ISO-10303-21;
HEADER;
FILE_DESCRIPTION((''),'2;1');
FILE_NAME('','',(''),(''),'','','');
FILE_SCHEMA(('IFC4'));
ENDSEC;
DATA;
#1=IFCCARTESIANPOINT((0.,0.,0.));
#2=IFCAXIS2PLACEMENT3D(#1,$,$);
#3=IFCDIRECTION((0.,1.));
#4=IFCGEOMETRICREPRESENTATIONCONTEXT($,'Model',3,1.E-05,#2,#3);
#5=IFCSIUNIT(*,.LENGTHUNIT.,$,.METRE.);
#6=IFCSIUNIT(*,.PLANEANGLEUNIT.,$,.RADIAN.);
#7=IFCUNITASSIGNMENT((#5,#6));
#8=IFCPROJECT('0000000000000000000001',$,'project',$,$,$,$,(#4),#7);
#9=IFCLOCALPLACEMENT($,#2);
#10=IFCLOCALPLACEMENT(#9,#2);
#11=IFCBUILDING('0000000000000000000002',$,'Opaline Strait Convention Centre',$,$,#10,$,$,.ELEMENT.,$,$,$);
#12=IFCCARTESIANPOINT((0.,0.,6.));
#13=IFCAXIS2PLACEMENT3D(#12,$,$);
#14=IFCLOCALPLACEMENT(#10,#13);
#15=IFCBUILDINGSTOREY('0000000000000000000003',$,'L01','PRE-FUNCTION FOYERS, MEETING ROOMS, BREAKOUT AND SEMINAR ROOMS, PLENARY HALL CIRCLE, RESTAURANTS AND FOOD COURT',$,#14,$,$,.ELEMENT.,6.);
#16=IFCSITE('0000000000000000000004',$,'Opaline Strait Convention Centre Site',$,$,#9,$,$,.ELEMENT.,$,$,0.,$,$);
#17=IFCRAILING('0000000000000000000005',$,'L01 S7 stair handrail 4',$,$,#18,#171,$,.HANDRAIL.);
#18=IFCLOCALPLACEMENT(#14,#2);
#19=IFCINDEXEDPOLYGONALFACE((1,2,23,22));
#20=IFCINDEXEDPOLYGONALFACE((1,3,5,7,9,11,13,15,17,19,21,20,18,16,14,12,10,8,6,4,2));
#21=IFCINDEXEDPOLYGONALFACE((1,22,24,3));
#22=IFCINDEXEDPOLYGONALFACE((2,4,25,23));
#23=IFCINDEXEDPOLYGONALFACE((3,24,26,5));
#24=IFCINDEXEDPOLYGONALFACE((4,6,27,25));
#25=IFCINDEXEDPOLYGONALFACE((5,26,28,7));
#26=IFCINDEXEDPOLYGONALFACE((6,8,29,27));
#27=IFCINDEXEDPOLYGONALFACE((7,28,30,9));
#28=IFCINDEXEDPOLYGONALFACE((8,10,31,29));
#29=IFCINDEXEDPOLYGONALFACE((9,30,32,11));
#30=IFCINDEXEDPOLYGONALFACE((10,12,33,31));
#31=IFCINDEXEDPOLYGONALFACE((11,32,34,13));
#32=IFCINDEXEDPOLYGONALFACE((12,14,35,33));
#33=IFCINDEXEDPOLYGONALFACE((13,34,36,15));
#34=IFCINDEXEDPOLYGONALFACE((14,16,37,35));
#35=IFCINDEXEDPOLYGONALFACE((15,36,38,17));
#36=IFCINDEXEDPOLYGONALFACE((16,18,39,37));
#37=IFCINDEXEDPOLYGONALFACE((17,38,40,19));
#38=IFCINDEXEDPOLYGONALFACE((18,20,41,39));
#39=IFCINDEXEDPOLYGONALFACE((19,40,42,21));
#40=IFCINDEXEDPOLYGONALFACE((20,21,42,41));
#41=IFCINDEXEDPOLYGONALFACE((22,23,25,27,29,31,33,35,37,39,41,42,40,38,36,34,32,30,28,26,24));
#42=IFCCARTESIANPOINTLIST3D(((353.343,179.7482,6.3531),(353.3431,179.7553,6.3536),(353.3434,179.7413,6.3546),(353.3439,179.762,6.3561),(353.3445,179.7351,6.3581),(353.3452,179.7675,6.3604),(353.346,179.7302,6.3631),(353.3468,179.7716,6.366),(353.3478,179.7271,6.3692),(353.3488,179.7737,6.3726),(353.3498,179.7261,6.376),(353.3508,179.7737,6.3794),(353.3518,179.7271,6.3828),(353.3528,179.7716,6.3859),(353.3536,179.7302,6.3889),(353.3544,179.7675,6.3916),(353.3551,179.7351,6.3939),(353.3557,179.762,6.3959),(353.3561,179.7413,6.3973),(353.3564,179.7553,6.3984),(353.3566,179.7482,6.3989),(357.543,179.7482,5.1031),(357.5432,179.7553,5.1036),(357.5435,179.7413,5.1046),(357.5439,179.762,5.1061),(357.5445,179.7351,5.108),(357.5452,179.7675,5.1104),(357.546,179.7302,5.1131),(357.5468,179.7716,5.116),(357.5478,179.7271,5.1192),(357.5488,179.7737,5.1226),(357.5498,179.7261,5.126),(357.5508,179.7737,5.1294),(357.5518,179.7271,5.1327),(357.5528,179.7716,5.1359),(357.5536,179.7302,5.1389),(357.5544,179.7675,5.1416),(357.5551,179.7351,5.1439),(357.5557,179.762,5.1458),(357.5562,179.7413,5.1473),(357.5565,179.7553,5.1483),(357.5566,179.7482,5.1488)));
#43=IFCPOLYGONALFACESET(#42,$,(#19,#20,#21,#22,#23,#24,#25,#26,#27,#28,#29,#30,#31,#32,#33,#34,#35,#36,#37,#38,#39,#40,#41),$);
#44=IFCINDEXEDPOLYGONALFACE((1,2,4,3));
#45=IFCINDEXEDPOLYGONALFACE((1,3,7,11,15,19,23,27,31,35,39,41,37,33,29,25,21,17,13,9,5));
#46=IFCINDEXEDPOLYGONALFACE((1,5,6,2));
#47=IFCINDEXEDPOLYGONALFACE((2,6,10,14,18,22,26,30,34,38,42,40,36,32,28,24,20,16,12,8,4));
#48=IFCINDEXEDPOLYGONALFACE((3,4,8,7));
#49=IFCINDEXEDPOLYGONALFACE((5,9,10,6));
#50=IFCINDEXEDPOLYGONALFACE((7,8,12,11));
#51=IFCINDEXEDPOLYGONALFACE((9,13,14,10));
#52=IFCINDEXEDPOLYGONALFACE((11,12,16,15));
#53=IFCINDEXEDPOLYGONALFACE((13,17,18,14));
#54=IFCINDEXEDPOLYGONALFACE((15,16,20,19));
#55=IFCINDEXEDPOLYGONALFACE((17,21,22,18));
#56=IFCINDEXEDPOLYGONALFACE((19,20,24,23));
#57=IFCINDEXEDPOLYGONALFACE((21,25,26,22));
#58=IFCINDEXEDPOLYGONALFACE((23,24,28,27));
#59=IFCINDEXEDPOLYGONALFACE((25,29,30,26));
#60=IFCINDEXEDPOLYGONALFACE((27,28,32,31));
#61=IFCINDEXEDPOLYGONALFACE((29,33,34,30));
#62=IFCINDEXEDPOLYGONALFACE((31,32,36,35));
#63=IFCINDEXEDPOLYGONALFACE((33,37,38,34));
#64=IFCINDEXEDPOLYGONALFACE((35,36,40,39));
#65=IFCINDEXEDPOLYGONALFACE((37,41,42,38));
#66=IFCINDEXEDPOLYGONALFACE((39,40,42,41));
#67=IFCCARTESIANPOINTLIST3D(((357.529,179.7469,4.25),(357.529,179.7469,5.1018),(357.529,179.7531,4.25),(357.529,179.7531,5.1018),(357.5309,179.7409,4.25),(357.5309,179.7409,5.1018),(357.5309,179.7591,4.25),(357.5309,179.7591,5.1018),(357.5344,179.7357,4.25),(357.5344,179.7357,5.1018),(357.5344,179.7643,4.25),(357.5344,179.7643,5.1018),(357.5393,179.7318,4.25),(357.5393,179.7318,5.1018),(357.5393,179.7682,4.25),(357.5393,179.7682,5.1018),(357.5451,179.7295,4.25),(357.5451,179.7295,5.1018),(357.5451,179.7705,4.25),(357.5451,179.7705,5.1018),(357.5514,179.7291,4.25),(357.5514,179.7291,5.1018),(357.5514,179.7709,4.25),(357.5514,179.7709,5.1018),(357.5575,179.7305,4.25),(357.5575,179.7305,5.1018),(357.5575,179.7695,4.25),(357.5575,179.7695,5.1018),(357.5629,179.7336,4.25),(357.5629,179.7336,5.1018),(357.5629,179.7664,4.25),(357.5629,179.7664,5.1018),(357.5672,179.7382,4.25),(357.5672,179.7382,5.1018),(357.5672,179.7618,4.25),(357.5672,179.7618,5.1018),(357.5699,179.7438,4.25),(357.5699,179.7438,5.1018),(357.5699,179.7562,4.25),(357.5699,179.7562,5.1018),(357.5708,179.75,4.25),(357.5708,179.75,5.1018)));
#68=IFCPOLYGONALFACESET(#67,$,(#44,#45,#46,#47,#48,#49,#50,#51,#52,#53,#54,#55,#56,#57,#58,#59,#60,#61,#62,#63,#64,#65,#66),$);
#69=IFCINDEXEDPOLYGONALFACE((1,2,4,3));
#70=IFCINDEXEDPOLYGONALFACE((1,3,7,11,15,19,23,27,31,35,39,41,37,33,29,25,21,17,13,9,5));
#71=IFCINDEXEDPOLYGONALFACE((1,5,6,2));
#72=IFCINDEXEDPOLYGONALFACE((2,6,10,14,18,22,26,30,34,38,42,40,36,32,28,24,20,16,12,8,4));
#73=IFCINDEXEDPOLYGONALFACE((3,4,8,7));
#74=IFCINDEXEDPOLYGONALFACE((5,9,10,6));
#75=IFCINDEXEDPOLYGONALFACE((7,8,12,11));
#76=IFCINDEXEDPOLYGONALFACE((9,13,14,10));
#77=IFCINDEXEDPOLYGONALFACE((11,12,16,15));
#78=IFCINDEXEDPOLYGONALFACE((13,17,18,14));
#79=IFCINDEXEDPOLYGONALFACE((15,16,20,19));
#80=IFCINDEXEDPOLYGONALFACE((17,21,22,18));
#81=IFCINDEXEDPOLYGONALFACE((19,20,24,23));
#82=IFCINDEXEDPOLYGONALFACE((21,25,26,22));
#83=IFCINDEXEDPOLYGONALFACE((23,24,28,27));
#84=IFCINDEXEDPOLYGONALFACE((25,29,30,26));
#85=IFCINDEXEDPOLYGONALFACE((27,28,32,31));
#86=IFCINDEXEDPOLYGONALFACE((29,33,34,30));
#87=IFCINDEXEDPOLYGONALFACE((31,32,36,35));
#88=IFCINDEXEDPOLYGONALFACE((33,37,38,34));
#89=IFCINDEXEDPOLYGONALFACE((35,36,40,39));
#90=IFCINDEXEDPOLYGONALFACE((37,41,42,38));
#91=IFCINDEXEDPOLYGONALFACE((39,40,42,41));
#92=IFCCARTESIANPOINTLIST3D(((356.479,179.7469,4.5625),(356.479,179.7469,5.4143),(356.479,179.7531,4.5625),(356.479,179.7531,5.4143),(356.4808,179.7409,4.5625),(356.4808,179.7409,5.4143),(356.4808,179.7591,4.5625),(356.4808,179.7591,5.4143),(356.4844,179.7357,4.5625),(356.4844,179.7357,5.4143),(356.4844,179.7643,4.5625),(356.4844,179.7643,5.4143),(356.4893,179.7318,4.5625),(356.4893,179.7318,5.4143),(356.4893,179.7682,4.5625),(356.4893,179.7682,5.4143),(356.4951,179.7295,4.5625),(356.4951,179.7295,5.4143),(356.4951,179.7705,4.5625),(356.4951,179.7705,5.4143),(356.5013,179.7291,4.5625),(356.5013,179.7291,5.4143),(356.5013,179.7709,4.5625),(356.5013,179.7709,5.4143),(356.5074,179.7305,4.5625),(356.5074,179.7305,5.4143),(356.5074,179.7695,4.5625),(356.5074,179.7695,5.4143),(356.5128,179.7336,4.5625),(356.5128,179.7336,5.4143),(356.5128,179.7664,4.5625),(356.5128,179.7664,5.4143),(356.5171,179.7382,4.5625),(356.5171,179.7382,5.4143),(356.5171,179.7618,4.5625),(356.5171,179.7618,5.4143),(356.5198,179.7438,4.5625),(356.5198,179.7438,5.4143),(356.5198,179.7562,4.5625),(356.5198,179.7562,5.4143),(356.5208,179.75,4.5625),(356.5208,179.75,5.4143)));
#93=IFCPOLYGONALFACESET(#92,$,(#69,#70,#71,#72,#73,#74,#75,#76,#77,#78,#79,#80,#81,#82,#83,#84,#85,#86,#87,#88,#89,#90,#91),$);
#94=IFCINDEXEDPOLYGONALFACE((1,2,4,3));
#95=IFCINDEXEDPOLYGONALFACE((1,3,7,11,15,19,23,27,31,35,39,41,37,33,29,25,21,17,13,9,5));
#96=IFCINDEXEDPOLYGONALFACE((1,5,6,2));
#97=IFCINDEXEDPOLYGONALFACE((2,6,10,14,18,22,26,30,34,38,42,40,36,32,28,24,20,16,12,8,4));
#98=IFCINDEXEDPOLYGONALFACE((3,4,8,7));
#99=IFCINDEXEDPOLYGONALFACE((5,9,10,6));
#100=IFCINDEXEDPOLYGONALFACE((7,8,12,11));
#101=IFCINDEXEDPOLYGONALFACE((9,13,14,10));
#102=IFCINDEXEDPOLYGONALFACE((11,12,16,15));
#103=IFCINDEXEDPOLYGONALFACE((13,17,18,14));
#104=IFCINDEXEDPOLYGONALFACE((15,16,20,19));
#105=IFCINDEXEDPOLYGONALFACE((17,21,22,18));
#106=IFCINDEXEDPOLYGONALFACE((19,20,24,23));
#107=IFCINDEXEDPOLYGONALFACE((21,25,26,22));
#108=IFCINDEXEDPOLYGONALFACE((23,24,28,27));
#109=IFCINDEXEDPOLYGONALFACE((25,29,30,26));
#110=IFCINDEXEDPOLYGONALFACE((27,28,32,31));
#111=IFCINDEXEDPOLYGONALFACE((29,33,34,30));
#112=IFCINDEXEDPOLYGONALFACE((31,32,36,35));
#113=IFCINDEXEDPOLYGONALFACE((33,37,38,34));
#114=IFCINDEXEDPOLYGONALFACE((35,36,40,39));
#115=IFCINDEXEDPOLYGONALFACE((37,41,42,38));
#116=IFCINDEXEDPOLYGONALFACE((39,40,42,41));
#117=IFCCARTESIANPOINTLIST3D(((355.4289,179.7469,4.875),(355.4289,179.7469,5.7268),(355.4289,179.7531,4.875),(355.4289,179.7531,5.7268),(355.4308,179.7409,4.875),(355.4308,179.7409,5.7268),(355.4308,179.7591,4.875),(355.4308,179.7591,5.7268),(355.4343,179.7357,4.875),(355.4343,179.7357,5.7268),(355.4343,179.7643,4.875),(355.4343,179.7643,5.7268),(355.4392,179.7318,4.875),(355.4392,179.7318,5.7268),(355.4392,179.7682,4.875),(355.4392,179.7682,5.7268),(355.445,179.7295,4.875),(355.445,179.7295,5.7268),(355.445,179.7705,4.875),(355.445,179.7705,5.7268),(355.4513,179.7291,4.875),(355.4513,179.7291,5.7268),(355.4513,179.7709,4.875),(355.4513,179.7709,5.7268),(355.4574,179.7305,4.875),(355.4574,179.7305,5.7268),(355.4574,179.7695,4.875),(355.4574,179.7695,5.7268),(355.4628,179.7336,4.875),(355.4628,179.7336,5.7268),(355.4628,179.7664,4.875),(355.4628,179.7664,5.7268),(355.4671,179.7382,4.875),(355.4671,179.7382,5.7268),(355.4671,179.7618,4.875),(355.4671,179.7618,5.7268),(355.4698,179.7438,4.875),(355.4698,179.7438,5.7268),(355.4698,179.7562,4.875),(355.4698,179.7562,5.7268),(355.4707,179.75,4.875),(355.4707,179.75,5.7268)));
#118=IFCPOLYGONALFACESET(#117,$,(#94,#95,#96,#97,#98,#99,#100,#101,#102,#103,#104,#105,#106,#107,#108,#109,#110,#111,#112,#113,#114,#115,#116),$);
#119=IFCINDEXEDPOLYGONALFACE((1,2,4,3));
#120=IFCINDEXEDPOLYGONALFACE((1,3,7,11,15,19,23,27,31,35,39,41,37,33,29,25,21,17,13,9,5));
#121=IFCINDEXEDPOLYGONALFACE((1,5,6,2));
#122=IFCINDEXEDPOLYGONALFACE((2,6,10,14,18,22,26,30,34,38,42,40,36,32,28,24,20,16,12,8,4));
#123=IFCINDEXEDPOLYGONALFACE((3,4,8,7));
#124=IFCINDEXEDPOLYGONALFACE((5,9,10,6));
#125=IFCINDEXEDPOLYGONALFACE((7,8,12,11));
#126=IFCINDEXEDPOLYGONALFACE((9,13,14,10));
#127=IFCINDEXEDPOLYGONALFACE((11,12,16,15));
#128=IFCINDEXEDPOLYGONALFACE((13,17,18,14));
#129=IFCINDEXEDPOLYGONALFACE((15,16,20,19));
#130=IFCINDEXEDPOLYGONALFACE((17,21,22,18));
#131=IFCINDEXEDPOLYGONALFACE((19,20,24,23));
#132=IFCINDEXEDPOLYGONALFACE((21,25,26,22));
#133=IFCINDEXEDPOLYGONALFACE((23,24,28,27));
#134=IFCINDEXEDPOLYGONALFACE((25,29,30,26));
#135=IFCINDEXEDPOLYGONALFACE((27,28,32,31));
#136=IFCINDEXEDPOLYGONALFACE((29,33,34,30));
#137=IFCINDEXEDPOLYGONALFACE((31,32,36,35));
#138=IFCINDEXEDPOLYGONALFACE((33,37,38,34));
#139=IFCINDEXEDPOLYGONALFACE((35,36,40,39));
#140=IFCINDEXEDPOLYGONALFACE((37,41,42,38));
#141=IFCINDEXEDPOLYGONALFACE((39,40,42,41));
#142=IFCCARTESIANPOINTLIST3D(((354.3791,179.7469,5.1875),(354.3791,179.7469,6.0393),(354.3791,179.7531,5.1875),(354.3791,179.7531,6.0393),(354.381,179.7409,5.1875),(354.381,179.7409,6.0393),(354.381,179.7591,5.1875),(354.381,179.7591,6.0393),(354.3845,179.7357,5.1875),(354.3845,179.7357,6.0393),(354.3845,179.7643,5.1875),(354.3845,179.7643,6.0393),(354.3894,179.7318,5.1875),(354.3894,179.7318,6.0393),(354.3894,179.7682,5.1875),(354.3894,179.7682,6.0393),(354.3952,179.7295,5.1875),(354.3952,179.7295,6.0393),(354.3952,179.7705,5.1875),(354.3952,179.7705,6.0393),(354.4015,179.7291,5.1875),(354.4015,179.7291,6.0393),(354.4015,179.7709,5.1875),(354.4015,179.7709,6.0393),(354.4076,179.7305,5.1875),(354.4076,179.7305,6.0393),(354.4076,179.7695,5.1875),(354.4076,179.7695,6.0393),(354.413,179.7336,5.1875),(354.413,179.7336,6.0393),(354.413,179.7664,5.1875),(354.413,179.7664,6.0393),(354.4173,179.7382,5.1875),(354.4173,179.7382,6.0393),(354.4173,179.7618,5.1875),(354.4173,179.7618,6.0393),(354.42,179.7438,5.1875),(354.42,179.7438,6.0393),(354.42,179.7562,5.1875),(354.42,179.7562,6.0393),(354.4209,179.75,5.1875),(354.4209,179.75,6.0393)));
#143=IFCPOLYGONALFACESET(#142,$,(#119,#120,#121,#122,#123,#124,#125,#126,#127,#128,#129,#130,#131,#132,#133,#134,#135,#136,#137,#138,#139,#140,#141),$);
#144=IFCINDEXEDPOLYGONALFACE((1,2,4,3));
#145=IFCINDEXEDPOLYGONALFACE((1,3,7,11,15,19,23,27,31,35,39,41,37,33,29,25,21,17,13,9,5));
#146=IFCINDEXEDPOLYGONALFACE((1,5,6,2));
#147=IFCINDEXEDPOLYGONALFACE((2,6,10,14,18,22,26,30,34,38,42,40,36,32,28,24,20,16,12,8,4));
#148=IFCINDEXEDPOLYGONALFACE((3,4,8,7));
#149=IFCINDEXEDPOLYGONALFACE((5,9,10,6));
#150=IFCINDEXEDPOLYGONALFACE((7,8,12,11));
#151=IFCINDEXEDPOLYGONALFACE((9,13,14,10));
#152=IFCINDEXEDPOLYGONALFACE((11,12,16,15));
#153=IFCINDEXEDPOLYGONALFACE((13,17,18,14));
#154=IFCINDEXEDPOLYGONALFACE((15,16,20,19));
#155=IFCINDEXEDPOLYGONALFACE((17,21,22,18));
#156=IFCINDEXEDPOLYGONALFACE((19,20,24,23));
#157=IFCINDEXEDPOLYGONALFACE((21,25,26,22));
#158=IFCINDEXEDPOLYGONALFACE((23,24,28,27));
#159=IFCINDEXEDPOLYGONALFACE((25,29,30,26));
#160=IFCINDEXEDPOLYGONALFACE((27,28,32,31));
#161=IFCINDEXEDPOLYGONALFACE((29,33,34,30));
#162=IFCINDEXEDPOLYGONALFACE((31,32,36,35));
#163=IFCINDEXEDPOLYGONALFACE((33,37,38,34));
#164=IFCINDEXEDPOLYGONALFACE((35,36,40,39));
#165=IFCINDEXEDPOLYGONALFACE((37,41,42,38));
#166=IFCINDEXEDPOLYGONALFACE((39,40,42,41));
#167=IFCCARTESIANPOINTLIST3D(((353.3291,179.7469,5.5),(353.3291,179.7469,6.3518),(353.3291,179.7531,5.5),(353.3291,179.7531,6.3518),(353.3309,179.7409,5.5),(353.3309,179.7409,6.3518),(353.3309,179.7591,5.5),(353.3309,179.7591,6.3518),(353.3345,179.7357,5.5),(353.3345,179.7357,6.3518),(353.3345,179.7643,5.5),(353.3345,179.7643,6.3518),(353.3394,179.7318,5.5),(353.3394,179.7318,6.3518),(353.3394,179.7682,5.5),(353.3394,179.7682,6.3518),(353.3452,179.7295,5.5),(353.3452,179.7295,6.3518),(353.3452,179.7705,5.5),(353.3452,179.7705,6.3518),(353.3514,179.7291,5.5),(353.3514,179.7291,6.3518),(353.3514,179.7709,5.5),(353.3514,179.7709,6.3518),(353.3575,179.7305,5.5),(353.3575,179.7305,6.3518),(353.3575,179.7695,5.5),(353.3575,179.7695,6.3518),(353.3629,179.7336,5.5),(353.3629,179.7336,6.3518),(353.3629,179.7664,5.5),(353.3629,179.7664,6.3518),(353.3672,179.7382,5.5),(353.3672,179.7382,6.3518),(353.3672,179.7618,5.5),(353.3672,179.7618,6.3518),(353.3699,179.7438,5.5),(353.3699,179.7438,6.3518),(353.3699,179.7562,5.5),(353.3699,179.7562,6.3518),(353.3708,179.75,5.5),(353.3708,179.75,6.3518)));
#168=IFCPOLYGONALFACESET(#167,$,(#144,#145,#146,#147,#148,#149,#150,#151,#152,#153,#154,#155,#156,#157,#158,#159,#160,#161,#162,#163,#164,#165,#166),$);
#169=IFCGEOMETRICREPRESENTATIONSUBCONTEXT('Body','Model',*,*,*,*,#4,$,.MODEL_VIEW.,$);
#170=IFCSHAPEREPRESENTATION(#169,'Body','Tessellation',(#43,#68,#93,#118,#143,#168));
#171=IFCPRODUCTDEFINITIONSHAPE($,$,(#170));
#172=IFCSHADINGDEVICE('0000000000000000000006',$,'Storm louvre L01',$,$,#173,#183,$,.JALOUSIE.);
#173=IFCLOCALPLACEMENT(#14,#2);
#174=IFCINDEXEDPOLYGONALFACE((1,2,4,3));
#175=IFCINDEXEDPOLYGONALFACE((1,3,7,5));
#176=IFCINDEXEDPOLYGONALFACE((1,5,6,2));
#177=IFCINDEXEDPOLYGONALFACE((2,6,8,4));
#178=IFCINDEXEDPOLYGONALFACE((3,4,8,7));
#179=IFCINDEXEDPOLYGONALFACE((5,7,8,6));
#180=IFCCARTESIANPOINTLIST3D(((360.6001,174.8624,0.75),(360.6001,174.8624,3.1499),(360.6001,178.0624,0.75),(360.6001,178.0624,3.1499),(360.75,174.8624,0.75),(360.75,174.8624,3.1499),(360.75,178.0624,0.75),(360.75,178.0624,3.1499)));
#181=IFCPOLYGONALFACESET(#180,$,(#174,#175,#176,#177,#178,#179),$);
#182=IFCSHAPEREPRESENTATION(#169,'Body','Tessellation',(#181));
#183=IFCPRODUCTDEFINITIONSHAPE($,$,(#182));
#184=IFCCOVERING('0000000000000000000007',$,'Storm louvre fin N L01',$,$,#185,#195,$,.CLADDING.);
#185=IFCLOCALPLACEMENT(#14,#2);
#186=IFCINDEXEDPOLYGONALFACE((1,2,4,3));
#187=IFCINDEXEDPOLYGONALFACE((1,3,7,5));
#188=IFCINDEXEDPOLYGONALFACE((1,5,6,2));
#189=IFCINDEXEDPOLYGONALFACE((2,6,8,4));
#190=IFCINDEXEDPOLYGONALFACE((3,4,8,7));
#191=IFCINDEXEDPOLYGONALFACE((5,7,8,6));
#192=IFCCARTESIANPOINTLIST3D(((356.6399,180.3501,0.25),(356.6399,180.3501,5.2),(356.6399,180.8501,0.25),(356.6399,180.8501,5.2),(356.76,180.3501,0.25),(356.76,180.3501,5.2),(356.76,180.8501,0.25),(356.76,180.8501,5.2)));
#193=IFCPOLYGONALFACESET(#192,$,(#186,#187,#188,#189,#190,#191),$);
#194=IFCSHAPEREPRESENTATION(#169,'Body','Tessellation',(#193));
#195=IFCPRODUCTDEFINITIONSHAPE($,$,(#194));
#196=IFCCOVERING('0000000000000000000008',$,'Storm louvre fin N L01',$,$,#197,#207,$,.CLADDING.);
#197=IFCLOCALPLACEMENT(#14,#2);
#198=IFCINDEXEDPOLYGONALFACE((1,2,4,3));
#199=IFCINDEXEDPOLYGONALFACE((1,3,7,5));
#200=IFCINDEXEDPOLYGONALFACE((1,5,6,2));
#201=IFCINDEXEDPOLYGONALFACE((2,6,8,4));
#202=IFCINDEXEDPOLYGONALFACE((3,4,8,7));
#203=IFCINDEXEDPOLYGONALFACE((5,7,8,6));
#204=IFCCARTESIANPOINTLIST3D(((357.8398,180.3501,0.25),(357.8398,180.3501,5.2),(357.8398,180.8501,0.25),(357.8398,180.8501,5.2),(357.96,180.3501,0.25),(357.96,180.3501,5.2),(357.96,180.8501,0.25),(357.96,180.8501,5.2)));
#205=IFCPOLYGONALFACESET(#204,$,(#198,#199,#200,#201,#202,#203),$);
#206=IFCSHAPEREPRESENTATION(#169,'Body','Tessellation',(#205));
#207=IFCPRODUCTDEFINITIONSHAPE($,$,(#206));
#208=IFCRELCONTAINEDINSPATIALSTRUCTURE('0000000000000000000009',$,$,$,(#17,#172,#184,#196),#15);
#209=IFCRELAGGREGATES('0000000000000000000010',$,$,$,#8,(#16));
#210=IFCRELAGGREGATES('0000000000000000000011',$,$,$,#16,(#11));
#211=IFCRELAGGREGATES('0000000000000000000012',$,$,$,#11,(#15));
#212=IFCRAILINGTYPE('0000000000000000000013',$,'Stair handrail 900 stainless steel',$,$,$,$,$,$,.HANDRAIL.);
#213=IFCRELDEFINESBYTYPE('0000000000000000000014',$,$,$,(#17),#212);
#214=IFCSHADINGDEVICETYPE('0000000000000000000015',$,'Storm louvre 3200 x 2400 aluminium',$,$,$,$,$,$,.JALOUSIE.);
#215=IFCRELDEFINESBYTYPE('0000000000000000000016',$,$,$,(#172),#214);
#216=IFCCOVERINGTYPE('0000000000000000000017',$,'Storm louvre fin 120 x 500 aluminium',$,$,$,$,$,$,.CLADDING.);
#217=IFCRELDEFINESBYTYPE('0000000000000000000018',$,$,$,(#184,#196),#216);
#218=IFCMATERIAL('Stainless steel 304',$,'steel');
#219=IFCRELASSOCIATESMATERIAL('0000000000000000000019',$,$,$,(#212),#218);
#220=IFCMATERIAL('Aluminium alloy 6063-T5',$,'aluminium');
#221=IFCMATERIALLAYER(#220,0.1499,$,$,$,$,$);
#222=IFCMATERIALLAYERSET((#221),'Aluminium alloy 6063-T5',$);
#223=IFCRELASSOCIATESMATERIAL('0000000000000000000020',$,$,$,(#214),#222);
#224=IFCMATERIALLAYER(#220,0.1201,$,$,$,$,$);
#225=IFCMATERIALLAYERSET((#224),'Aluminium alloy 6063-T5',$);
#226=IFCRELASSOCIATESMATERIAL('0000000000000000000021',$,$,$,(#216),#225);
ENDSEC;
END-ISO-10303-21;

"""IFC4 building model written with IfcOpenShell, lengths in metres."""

from ifc_helpers import new_model, si_unit, direction, frame, origin, origin_2d, place, context, subcontext, project, spatial, rectangle, circle, extrude, material, layer, layer_set, type_object, element, save


model = new_model("IFC4")

# Units and contexts
model_context = context("Model", 3, precision=1e-05, world=origin(), true_north=direction((0.0, 1.0)))
body_context = subcontext(model_context, "Body", "Model", "MODEL_VIEW")
ifc_project = project(units=[si_unit("LENGTHUNIT", "METRE"), si_unit("PLANEANGLEUNIT", "RADIAN")], contexts=[model_context])

# Site, building, storey
site_placement = place(None, origin())
site = spatial("IfcSite", under=ifc_project, at=site_placement, Name="Opaline Strait Convention Centre Site", CompositionType="ELEMENT", RefElevation=0.0)
building_placement = place(site_placement, origin())
building = spatial("IfcBuilding", under=site, at=building_placement, Name="Opaline Strait Convention Centre", CompositionType="ELEMENT")
storey_placement = place(building_placement, frame((0.0, 0.0, 6.0)))
storey = spatial("IfcBuildingStorey", under=building, at=storey_placement, Name="L01", Description="PRE-FUNCTION FOYERS, MEETING ROOMS, BREAKOUT AND SEMINAR ROOMS, PLENARY HALL CIRCLE, RESTAURANTS AND FOOD COURT", CompositionType="ELEMENT", Elevation=6.0)

# Railing
ifc_material_1 = material(Name="Stainless steel 304", Category="steel")
railing_type_1 = type_object("IfcRailingType", Name="Stair handrail 900 stainless steel", PredefinedType="HANDRAIL", material=ifc_material_1)
for number, where, name in (
    (1, (357.5498, 179.75, 4.25), "L01 S7 stair handrail 4"),
):
    element("IfcRailing", number, at=place(storey_placement, frame(where)), inside=storey, type_object=railing_type_1, Name=name, PredefinedType="HANDRAIL", context=body_context, shape_type="SweptSolid", body=[
        extrude(circle(Radius=0.0239, at=origin_2d()), frame((0.0, 0.0, 0.876), z_axis=(-0.958451, 0.0, 0.285257), x_axis=(0.0, -1.0, 0.0)), (0.0, 0.0, 1.0), 4.3821),
        extrude(circle(Radius=0.021, at=origin_2d()), origin(), (0.0, 0.0, 1.0), 0.8518),
        extrude(circle(Radius=0.021, at=origin_2d()), frame((-1.05, 0.0, 0.3125)), (0.0, 0.0, 1.0), 0.8518),
        extrude(circle(Radius=0.021, at=origin_2d()), frame((-2.1001, 0.0, 0.625)), (0.0, 0.0, 1.0), 0.8518),
        extrude(circle(Radius=0.021, at=origin_2d()), frame((-3.1499, 0.0, 0.9375)), (0.0, 0.0, 1.0), 0.8518),
        extrude(circle(Radius=0.021, at=origin_2d()), frame((-4.2, 0.0, 1.25)), (0.0, 0.0, 1.0), 0.8518),
    ])

# Shading device
ifc_material_2 = material(Name="Aluminium alloy 6063-T5", Category="aluminium")
ifc_layer_1 = layer(ifc_material_2, 0.1499)
ifc_layer_set_1 = layer_set([ifc_layer_1], Name="Aluminium alloy 6063-T5")
shading_device_type = type_object("IfcShadingDeviceType", Name="Storm louvre 3200 x 2400 aluminium", PredefinedType="JALOUSIE", material=ifc_layer_set_1)
shading_device_placement = place(storey_placement, frame((360.675, 176.4624, 0.75), z_axis=(0.0, 0.0, 1.0), x_axis=(1.0, 0.0, 0.0)))
element("IfcShadingDevice", 2, at=shading_device_placement, inside=storey, type_object=shading_device_type, Name="Storm louvre L01", PredefinedType="JALOUSIE", context=body_context, shape_type="SweptSolid", body=[
    extrude(rectangle(XDim=0.1499, YDim=3.2, at=origin_2d()), origin(), (0.0, 0.0, 1.0), 2.3999),
])

# Coverings
ifc_layer_2 = layer(ifc_material_2, 0.1201)
ifc_layer_set_2 = layer_set([ifc_layer_2], Name="Aluminium alloy 6063-T5")
covering_type = type_object("IfcCoveringType", Name="Storm louvre fin 120 x 500 aluminium", PredefinedType="CLADDING", material=ifc_layer_set_2)
for number, where, z_axis, x_axis, name in (
    (3, (356.7, 180.6001, 0.25), (0.0, 0.0, 1.0), (1.0, 0.0, 0.0), "Storm louvre fin N L01"),
    (4, (357.8999, 180.6001, 0.25), (0.0, 0.0, 1.0), (1.0, 0.0, 0.0), "Storm louvre fin N L01"),
):
    element("IfcCovering", number, at=place(storey_placement, frame(where, z_axis=z_axis, x_axis=x_axis)), inside=storey, type_object=covering_type, Name=name, PredefinedType="CLADDING", context=body_context, shape_type="SweptSolid", body=[
        extrude(rectangle(XDim=0.1201, YDim=0.5, at=origin_2d()), origin(), (0.0, 0.0, 1.0), 4.95),
    ])

save(model, "model.ifc")
